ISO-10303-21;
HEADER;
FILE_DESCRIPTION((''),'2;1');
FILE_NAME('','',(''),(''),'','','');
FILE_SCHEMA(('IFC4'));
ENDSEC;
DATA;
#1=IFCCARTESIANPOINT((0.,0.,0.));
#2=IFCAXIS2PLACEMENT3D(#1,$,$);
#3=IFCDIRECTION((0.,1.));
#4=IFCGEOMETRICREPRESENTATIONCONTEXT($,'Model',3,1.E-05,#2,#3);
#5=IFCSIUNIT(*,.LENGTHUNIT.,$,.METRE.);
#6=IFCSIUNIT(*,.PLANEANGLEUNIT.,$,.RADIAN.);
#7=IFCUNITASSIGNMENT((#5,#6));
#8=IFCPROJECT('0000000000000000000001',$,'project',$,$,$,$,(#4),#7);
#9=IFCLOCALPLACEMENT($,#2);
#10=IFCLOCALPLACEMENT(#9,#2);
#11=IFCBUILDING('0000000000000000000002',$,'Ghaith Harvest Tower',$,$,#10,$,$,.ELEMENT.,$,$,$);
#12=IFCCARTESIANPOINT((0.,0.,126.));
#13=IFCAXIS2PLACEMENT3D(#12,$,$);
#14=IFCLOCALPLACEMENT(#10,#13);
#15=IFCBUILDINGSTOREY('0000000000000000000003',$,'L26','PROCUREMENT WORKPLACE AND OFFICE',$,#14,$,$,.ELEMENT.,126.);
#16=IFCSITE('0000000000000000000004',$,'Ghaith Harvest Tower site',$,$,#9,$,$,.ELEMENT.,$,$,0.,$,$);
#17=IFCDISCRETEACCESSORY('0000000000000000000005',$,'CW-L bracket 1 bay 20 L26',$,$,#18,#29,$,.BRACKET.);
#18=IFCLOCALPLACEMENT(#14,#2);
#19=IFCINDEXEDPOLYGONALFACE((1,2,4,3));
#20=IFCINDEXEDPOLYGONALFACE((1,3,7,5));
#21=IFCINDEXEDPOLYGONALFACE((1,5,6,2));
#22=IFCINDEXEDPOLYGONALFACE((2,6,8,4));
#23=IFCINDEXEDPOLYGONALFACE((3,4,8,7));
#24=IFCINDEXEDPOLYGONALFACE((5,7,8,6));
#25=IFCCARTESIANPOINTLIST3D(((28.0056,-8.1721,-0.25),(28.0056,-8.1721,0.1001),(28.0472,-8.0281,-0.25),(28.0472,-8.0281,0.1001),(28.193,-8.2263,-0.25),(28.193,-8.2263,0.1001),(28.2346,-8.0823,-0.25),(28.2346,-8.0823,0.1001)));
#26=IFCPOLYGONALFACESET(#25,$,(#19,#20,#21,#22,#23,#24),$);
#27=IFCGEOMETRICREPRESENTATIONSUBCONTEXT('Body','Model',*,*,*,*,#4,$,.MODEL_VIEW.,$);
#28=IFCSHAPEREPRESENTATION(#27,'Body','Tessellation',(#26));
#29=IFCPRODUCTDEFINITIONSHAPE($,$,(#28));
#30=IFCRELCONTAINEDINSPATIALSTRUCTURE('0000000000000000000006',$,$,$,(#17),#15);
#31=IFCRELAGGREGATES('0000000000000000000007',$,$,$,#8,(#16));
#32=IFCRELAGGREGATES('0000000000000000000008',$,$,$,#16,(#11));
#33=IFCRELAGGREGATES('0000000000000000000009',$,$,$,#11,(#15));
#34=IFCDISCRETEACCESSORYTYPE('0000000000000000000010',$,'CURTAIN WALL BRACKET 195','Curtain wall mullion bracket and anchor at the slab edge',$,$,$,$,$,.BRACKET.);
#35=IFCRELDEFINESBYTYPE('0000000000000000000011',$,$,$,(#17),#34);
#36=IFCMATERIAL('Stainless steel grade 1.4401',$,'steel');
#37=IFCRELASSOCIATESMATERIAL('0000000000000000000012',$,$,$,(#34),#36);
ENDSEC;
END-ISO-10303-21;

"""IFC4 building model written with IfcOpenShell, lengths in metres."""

from ifc_helpers import new_model, si_unit, direction, frame, origin, origin_2d, place, context, subcontext, project, spatial, rectangle, extrude, material, type_object, element, save


model = new_model("IFC4")

# Units and contexts
model_context = context("Model", 3, precision=1e-05, world=origin(), true_north=direction((0.0, 1.0)))
body_context = subcontext(model_context, "Body", "Model", "MODEL_VIEW")
ifc_project = project(units=[si_unit("LENGTHUNIT", "METRE"), si_unit("PLANEANGLEUNIT", "RADIAN")], contexts=[model_context])

# Site, building, storey
site_placement = place(None, origin())
site = spatial("IfcSite", under=ifc_project, at=site_placement, Name="Ghaith Harvest Tower site", CompositionType="ELEMENT", RefElevation=0.0)
building_placement = place(site_placement, origin())
building = spatial("IfcBuilding", under=site, at=building_placement, Name="Ghaith Harvest Tower", CompositionType="ELEMENT")
storey_placement = place(building_placement, frame((0.0, 0.0, 126.0)))
storey = spatial("IfcBuildingStorey", under=building, at=storey_placement, Name="L26", Description="PROCUREMENT WORKPLACE AND OFFICE", CompositionType="ELEMENT", Elevation=126.0)

# Discrete accessory
ifc_material_1 = material(Name="Stainless steel grade 1.4401", Category="steel")
discrete_accessory_type = type_object("IfcDiscreteAccessoryType", Name="CURTAIN WALL BRACKET 195", Description="Curtain wall mullion bracket and anchor at the slab edge", PredefinedType="BRACKET", material=ifc_material_1)
discrete_accessory_placement = place(storey_placement, frame((28.1201, -8.1272, -0.25), z_axis=(0.0, 0.0, 1.0), x_axis=(0.96068, -0.277657, 0.0)))
element("IfcDiscreteAccessory", 1, at=discrete_accessory_placement, inside=storey, type_object=discrete_accessory_type, Name="CW-L bracket 1 bay 20 L26", PredefinedType="BRACKET", context=body_context, shape_type="SweptSolid", body=[
    extrude(rectangle(XDim=0.1951, YDim=0.1499, at=origin_2d()), origin(), (0.0, 0.0, 1.0), 0.3501),
])

save(model, "model.ifc")
